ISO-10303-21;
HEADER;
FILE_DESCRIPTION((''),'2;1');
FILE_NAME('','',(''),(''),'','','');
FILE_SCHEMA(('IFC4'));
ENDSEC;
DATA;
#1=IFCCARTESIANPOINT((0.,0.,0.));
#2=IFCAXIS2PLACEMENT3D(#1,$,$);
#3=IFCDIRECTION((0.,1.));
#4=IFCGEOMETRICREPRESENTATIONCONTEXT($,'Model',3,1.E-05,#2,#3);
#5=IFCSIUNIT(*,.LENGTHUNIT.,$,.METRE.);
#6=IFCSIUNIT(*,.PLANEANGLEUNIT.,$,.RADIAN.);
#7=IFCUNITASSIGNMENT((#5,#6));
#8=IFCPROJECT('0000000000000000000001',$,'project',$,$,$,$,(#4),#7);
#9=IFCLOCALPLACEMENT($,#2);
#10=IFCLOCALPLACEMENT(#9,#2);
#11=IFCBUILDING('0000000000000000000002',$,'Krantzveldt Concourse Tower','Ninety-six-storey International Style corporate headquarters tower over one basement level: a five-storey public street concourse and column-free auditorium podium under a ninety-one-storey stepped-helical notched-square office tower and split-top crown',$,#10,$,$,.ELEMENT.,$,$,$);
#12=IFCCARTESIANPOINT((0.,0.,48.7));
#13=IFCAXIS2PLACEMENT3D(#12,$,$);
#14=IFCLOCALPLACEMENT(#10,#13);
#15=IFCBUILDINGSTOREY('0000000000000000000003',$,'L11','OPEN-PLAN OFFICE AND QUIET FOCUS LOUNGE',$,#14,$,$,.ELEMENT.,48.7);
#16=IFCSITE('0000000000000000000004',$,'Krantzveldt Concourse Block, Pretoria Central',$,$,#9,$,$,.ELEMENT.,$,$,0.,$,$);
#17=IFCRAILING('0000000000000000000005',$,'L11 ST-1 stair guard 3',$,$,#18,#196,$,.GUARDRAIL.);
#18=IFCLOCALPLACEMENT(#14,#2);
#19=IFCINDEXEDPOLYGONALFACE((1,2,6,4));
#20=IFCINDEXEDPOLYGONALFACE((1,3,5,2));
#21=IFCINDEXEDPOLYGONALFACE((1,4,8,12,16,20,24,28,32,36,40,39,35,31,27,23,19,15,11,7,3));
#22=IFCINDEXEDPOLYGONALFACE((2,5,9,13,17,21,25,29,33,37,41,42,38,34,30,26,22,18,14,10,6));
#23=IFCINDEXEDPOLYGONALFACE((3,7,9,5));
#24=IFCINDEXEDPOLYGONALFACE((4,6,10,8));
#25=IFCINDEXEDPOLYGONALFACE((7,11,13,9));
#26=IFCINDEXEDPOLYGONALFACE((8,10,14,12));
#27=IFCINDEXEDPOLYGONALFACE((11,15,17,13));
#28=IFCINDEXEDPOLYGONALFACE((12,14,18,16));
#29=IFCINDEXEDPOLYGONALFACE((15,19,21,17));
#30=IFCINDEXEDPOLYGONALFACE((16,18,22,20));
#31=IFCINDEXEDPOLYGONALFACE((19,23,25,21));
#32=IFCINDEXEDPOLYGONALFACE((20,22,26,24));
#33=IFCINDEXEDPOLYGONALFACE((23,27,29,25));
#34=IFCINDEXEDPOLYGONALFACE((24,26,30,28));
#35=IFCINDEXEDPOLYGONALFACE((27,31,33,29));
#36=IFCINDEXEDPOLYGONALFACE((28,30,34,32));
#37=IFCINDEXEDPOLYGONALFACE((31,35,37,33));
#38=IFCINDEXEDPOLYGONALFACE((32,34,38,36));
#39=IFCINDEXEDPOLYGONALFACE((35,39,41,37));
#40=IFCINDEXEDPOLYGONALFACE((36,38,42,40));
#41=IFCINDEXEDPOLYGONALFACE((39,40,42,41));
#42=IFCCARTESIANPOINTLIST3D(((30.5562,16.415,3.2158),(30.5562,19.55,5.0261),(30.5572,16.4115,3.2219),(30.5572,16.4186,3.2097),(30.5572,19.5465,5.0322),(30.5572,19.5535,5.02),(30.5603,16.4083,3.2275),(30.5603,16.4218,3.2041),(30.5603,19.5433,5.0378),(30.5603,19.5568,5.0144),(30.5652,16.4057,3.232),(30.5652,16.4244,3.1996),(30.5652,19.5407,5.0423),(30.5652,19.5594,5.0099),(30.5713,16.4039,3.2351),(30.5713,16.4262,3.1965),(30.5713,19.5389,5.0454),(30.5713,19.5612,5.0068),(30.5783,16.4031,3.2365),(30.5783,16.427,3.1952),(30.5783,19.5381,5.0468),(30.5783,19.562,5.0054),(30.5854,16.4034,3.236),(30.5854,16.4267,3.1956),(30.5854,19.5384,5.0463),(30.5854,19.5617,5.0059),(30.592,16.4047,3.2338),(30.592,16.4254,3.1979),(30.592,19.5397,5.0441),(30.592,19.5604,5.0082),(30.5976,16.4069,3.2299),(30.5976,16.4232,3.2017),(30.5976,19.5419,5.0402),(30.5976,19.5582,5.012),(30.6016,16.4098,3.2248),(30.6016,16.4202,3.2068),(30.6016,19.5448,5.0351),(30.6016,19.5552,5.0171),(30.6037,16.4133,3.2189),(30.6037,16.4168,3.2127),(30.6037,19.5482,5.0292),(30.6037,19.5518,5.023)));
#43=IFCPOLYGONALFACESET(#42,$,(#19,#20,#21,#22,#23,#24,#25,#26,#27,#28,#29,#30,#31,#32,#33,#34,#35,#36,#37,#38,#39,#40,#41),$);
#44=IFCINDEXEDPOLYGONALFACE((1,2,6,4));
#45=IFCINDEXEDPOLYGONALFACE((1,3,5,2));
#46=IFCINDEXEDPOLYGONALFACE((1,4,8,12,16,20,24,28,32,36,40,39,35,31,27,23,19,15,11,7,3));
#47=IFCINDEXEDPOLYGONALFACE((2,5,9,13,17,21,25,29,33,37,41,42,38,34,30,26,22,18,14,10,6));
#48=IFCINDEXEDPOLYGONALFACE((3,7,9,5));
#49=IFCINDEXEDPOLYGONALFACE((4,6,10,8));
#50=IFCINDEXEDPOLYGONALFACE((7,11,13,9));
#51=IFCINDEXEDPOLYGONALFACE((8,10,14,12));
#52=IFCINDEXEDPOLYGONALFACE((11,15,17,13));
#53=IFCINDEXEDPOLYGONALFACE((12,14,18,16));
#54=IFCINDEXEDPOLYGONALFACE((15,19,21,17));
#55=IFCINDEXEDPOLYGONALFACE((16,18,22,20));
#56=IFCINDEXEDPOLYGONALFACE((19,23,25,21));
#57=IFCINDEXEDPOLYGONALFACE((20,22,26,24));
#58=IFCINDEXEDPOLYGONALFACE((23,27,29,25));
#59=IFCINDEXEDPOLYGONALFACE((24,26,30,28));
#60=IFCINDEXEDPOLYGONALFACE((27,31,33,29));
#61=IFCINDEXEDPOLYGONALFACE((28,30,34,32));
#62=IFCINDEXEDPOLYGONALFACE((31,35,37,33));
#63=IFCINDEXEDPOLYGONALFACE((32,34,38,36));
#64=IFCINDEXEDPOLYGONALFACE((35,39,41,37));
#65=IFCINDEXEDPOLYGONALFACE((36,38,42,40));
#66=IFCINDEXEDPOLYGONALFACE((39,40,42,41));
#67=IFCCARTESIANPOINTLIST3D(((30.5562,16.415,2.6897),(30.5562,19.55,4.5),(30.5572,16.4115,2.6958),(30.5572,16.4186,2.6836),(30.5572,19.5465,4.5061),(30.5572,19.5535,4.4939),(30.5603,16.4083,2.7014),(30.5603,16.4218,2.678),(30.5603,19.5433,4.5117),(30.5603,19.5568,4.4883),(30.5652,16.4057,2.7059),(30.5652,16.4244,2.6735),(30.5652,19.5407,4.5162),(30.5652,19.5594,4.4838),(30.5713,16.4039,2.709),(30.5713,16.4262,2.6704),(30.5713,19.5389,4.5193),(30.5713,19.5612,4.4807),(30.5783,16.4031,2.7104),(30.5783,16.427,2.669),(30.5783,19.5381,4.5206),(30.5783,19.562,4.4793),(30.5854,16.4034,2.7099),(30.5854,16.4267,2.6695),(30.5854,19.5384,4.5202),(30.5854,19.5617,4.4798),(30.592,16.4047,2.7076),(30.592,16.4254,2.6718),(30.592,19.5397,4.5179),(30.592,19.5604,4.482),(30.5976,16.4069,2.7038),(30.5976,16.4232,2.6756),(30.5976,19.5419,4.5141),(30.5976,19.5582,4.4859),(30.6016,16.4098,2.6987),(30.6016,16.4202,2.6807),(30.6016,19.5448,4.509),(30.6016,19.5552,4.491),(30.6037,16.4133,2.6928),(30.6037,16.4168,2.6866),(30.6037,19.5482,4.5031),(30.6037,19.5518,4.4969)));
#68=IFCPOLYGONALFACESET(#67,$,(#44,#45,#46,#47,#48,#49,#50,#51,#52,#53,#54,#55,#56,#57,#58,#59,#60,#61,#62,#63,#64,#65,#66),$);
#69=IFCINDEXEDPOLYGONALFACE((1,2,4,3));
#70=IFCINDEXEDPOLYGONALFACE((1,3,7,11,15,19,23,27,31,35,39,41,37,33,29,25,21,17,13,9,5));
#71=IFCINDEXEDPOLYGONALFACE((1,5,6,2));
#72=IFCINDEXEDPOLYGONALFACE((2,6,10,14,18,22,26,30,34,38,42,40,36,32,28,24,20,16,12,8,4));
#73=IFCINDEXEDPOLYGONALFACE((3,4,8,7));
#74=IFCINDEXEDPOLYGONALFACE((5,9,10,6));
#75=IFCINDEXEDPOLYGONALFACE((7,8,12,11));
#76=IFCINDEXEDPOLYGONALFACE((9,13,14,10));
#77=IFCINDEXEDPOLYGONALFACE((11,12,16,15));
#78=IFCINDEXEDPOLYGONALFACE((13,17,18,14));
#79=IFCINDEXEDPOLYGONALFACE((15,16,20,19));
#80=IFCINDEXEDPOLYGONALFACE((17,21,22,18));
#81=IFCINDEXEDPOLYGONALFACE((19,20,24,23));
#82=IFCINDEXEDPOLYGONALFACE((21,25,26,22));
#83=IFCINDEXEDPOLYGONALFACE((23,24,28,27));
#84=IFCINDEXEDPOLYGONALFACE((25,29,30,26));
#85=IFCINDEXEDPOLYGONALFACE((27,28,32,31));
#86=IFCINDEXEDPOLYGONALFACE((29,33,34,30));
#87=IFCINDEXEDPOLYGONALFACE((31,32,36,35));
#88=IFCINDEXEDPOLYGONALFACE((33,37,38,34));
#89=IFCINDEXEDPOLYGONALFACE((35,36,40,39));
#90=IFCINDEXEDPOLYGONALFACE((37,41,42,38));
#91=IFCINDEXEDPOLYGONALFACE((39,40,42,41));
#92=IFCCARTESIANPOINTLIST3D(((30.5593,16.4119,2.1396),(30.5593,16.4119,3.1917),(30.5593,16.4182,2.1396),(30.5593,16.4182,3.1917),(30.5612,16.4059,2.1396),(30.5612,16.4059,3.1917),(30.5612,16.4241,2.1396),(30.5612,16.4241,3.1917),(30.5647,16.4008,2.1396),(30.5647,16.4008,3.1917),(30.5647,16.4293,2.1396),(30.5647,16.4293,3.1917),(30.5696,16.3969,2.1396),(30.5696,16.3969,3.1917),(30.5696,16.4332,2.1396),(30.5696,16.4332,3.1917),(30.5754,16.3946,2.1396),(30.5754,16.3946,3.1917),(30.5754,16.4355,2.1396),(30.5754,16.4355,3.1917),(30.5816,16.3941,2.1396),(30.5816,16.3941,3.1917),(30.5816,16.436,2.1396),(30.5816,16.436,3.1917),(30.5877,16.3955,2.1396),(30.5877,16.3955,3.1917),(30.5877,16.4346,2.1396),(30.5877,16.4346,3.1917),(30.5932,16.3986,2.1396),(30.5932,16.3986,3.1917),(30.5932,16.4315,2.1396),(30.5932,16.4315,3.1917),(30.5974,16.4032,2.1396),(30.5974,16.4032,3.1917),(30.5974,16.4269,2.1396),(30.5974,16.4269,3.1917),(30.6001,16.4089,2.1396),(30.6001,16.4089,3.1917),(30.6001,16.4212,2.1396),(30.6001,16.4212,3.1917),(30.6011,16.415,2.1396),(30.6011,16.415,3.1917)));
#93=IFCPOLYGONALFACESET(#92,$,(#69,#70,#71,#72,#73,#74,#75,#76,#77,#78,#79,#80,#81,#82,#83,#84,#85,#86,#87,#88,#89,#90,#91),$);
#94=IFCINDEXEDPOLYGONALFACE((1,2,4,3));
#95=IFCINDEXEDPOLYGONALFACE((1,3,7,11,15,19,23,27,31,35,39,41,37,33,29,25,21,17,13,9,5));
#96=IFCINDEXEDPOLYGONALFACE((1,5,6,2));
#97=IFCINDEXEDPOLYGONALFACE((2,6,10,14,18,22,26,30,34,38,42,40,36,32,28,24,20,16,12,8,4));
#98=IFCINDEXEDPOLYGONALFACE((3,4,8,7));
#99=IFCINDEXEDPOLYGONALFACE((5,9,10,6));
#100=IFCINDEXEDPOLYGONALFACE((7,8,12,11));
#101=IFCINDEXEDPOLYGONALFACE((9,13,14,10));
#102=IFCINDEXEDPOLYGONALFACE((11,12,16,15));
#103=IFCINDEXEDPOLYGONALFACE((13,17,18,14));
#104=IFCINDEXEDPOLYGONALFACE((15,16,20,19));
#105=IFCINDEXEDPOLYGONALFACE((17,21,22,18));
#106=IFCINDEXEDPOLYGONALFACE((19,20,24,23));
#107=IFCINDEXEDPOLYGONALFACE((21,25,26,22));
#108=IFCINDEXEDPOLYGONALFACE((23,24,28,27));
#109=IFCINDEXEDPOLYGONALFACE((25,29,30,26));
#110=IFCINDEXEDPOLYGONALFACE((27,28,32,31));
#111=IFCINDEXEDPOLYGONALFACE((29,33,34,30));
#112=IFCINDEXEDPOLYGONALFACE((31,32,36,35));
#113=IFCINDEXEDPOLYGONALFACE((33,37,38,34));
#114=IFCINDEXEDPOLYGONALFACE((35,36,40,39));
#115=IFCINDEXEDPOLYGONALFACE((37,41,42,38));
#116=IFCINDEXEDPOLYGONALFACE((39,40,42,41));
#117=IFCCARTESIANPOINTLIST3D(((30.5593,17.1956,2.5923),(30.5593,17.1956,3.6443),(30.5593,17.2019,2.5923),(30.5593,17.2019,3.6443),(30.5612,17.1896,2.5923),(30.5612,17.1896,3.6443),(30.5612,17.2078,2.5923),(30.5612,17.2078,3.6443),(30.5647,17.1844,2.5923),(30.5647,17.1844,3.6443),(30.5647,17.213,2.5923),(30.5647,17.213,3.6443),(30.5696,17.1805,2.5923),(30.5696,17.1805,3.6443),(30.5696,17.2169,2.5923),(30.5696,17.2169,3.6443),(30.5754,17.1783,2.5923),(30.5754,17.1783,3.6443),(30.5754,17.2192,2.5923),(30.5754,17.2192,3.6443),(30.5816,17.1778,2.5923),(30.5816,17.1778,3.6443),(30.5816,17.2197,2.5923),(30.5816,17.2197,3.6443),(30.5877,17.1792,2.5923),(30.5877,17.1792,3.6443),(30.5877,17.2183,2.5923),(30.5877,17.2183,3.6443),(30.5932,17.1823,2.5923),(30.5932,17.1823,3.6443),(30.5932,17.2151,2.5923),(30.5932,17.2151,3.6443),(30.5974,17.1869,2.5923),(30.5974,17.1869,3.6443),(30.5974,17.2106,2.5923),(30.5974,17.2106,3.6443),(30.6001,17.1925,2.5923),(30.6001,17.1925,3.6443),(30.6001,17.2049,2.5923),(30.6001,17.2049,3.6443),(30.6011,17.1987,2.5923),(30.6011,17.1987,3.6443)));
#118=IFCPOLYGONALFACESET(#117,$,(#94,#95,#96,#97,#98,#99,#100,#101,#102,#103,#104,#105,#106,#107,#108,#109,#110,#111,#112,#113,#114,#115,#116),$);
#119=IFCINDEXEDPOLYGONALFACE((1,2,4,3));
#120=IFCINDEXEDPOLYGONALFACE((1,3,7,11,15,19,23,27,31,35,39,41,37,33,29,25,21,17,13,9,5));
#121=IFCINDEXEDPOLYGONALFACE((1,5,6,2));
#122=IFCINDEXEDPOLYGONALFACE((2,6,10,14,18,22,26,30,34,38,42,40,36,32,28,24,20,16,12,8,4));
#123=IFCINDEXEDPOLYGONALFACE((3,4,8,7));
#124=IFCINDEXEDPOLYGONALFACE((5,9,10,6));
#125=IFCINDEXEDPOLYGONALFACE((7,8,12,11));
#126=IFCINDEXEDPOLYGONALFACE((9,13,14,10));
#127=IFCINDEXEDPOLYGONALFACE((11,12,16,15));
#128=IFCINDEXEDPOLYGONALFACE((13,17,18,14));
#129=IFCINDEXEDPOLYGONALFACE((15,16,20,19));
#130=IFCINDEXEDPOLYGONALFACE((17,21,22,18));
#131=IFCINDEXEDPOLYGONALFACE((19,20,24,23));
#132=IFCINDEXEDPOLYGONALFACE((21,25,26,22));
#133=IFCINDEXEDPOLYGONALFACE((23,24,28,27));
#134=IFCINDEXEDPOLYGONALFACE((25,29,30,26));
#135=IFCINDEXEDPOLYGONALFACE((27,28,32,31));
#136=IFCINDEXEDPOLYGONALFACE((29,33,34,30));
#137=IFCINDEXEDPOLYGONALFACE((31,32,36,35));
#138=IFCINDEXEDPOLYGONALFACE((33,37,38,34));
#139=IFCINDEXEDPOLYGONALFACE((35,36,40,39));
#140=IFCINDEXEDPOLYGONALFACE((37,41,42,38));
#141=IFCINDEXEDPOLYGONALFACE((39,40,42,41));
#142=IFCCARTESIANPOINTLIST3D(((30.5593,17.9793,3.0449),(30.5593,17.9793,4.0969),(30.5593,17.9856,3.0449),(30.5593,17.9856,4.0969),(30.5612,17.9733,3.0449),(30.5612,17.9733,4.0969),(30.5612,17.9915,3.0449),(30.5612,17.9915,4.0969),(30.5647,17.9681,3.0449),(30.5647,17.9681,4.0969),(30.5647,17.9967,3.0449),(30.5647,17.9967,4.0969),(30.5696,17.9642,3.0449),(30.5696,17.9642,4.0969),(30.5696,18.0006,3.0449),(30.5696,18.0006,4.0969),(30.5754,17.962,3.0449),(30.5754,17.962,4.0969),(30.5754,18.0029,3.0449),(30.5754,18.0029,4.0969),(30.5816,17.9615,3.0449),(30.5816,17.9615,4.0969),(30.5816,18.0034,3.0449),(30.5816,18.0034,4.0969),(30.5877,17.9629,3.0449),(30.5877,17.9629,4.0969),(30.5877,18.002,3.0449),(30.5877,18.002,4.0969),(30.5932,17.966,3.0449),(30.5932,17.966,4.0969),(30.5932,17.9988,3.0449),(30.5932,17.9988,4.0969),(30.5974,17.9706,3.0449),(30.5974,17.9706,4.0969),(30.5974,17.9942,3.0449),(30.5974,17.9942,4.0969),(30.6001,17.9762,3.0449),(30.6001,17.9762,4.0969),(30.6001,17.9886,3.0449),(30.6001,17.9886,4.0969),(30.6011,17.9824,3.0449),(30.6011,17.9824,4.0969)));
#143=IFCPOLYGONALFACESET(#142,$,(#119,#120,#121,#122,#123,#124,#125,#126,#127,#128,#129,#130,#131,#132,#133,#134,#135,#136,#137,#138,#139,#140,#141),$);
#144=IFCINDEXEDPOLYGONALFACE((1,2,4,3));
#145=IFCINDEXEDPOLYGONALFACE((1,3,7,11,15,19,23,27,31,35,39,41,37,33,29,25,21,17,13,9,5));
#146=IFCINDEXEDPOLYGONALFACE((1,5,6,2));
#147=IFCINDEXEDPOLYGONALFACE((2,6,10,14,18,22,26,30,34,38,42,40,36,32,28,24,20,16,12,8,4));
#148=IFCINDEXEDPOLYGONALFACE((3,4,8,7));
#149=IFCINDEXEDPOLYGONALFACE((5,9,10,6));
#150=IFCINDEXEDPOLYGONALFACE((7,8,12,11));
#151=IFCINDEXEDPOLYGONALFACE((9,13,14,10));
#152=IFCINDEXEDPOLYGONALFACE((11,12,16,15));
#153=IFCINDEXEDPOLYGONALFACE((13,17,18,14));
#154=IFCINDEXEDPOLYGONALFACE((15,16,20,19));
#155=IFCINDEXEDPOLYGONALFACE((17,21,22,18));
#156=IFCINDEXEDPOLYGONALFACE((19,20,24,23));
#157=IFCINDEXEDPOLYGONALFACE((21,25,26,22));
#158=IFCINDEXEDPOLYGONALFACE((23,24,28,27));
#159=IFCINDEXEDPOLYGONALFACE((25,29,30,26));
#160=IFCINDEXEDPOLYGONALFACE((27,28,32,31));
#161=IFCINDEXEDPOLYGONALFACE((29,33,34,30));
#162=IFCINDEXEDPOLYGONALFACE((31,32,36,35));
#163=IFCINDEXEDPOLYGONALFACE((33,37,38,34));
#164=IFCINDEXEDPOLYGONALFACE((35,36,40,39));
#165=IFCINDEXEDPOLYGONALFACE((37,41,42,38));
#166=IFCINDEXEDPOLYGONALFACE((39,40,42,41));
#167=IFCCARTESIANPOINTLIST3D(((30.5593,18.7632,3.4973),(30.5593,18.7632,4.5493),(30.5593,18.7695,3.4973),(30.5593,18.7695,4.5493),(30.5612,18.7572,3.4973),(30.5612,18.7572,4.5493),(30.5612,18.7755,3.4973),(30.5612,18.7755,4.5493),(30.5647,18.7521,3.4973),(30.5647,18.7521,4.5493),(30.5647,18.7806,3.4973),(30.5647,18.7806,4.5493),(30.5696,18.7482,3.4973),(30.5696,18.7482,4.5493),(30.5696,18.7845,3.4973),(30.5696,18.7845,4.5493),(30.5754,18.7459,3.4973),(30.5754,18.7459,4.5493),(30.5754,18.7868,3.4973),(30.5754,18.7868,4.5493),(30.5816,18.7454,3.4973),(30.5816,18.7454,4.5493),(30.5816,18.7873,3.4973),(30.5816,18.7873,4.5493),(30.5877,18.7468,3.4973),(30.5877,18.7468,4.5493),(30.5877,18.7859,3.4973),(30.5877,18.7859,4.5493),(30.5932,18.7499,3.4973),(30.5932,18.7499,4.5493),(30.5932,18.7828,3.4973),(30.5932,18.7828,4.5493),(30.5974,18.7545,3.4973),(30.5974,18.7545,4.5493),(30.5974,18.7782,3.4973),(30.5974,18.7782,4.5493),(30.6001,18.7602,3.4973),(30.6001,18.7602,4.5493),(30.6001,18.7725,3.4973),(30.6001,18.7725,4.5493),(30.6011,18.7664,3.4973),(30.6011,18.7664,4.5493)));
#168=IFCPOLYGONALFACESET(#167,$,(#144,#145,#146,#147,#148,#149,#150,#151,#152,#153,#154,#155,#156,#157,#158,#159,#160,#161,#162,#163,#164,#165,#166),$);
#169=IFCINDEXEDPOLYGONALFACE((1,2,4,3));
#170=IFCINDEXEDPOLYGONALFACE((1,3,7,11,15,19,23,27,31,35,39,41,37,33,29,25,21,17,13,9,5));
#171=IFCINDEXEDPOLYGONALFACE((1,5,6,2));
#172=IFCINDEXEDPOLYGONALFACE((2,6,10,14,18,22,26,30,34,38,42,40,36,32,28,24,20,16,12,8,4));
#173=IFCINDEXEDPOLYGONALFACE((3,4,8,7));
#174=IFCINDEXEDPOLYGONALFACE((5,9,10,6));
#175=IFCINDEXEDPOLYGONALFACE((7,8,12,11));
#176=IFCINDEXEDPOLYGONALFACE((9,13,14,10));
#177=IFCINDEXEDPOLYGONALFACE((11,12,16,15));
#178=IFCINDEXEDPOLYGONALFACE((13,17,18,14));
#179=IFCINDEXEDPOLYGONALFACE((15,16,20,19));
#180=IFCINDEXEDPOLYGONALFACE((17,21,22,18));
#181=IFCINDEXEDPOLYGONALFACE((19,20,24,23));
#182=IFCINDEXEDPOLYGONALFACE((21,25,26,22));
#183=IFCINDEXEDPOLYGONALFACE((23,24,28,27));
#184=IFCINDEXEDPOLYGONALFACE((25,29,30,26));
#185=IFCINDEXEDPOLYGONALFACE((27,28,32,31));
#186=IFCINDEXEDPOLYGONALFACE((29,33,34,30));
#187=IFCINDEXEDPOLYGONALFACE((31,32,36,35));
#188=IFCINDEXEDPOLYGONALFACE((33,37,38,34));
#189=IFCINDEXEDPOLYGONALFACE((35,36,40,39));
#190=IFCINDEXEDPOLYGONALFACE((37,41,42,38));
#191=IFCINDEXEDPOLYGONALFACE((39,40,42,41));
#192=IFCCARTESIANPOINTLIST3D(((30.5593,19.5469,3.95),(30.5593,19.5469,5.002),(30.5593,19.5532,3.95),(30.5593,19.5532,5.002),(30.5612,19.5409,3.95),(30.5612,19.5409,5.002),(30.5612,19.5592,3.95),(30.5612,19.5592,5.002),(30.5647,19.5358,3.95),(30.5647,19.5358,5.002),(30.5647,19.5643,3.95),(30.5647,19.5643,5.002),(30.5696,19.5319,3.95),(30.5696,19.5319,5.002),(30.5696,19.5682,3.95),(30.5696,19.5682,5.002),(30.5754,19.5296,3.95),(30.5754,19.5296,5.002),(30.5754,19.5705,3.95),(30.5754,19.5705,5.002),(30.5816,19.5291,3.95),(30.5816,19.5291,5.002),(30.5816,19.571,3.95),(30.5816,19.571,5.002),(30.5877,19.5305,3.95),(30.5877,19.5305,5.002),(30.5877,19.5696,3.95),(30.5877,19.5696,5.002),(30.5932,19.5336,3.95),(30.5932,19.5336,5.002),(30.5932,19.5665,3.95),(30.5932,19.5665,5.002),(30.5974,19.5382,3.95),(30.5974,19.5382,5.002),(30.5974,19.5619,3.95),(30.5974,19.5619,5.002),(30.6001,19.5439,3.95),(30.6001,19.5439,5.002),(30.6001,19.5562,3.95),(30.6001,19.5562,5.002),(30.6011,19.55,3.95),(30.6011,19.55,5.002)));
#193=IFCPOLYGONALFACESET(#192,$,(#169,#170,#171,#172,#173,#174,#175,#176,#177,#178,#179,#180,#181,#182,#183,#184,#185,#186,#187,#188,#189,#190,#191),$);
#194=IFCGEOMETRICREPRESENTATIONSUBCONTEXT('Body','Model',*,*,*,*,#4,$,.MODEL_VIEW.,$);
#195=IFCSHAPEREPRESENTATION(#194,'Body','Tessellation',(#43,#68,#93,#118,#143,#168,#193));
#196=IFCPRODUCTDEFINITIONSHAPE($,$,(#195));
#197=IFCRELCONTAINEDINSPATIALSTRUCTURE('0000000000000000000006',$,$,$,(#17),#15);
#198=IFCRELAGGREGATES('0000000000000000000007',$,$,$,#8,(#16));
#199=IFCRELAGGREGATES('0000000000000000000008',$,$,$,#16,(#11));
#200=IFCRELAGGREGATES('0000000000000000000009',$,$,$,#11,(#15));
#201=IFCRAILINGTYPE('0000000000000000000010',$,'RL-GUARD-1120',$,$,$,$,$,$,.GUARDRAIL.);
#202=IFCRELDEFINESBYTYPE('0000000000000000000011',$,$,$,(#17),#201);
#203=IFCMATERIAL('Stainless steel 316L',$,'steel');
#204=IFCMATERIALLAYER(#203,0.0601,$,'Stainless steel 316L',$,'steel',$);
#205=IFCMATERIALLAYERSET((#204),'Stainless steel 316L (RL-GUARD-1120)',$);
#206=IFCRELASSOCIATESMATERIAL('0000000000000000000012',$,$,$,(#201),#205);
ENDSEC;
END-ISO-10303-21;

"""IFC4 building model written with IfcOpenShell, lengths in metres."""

from ifc_helpers import new_model, si_unit, direction, frame, origin, origin_2d, place, context, subcontext, project, spatial, circle, extrude, material, layer, layer_set, type_object, element, save


model = new_model("IFC4")

# Units and contexts
model_context = context("Model", 3, precision=1e-05, world=origin(), true_north=direction((0.0, 1.0)))
body_context = subcontext(model_context, "Body", "Model", "MODEL_VIEW")
ifc_project = project(units=[si_unit("LENGTHUNIT", "METRE"), si_unit("PLANEANGLEUNIT", "RADIAN")], contexts=[model_context])

# Site, building, storey
site_placement = place(None, origin())
site = spatial("IfcSite", under=ifc_project, at=site_placement, Name="Krantzveldt Concourse Block, Pretoria Central", CompositionType="ELEMENT", RefElevation=0.0)
building_placement = place(site_placement, origin())
building = spatial("IfcBuilding", under=site, at=building_placement, Name="Krantzveldt Concourse Tower", Description="Ninety-six-storey International Style corporate headquarters tower over one basement level: a five-storey public street concourse and column-free auditorium podium under a ninety-one-storey stepped-helical notched-square office tower and split-top crown", CompositionType="ELEMENT")
storey_placement = place(building_placement, frame((0.0, 0.0, 48.7)))
storey = spatial("IfcBuildingStorey", under=building, at=storey_placement, Name="L11", Description="OPEN-PLAN OFFICE AND QUIET FOCUS LOUNGE", CompositionType="ELEMENT", Elevation=48.7)

# Railing
ifc_material_1 = material(Name="Stainless steel 316L", Category="steel")
ifc_layer_1 = layer(ifc_material_1, 0.0601, Name="Stainless steel 316L", Category="steel")
ifc_layer_set_1 = layer_set([ifc_layer_1], Name="Stainless steel 316L (RL-GUARD-1120)")
railing_type_1 = type_object("IfcRailingType", Name="RL-GUARD-1120", PredefinedType="GUARDRAIL", material=ifc_layer_set_1)
railing_1_placement = place(storey_placement, frame((30.5801, 16.415, 2.1396)))
element("IfcRailing", 1, at=railing_1_placement, inside=storey, type_object=railing_type_1, Name="L11 ST-1 stair guard 3", PredefinedType="GUARDRAIL", context=body_context, shape_type="SweptSolid", body=[
    extrude(circle(Radius=0.0239, at=origin_2d()), frame((0.0, 0.0, 1.0762), z_axis=(0.0, 0.865989, 0.500063), x_axis=(-1.0, 0.0, 0.0)), (0.0, 0.0, 1.0), 3.6201),
    extrude(circle(Radius=0.0239, at=origin_2d()), frame((0.0, 0.0, 0.55), z_axis=(0.0, 0.865989, 0.500063), x_axis=(-1.0, 0.0, 0.0)), (0.0, 0.0, 1.0), 3.6201),
    extrude(circle(Radius=0.021, at=origin_2d()), origin(), (0.0, 0.0, 1.0), 1.052),
    extrude(circle(Radius=0.021, at=origin_2d()), frame((0.0, 0.7837, 0.4526)), (0.0, 0.0, 1.0), 1.052),
    extrude(circle(Radius=0.021, at=origin_2d()), frame((0.0, 1.5674, 0.9053)), (0.0, 0.0, 1.0), 1.052),
    extrude(circle(Radius=0.021, at=origin_2d()), frame((0.0, 2.3513, 1.3577)), (0.0, 0.0, 1.0), 1.052),
    extrude(circle(Radius=0.021, at=origin_2d()), frame((0.0, 3.135, 1.8103)), (0.0, 0.0, 1.0), 1.052),
])

save(model, "model.ifc")
